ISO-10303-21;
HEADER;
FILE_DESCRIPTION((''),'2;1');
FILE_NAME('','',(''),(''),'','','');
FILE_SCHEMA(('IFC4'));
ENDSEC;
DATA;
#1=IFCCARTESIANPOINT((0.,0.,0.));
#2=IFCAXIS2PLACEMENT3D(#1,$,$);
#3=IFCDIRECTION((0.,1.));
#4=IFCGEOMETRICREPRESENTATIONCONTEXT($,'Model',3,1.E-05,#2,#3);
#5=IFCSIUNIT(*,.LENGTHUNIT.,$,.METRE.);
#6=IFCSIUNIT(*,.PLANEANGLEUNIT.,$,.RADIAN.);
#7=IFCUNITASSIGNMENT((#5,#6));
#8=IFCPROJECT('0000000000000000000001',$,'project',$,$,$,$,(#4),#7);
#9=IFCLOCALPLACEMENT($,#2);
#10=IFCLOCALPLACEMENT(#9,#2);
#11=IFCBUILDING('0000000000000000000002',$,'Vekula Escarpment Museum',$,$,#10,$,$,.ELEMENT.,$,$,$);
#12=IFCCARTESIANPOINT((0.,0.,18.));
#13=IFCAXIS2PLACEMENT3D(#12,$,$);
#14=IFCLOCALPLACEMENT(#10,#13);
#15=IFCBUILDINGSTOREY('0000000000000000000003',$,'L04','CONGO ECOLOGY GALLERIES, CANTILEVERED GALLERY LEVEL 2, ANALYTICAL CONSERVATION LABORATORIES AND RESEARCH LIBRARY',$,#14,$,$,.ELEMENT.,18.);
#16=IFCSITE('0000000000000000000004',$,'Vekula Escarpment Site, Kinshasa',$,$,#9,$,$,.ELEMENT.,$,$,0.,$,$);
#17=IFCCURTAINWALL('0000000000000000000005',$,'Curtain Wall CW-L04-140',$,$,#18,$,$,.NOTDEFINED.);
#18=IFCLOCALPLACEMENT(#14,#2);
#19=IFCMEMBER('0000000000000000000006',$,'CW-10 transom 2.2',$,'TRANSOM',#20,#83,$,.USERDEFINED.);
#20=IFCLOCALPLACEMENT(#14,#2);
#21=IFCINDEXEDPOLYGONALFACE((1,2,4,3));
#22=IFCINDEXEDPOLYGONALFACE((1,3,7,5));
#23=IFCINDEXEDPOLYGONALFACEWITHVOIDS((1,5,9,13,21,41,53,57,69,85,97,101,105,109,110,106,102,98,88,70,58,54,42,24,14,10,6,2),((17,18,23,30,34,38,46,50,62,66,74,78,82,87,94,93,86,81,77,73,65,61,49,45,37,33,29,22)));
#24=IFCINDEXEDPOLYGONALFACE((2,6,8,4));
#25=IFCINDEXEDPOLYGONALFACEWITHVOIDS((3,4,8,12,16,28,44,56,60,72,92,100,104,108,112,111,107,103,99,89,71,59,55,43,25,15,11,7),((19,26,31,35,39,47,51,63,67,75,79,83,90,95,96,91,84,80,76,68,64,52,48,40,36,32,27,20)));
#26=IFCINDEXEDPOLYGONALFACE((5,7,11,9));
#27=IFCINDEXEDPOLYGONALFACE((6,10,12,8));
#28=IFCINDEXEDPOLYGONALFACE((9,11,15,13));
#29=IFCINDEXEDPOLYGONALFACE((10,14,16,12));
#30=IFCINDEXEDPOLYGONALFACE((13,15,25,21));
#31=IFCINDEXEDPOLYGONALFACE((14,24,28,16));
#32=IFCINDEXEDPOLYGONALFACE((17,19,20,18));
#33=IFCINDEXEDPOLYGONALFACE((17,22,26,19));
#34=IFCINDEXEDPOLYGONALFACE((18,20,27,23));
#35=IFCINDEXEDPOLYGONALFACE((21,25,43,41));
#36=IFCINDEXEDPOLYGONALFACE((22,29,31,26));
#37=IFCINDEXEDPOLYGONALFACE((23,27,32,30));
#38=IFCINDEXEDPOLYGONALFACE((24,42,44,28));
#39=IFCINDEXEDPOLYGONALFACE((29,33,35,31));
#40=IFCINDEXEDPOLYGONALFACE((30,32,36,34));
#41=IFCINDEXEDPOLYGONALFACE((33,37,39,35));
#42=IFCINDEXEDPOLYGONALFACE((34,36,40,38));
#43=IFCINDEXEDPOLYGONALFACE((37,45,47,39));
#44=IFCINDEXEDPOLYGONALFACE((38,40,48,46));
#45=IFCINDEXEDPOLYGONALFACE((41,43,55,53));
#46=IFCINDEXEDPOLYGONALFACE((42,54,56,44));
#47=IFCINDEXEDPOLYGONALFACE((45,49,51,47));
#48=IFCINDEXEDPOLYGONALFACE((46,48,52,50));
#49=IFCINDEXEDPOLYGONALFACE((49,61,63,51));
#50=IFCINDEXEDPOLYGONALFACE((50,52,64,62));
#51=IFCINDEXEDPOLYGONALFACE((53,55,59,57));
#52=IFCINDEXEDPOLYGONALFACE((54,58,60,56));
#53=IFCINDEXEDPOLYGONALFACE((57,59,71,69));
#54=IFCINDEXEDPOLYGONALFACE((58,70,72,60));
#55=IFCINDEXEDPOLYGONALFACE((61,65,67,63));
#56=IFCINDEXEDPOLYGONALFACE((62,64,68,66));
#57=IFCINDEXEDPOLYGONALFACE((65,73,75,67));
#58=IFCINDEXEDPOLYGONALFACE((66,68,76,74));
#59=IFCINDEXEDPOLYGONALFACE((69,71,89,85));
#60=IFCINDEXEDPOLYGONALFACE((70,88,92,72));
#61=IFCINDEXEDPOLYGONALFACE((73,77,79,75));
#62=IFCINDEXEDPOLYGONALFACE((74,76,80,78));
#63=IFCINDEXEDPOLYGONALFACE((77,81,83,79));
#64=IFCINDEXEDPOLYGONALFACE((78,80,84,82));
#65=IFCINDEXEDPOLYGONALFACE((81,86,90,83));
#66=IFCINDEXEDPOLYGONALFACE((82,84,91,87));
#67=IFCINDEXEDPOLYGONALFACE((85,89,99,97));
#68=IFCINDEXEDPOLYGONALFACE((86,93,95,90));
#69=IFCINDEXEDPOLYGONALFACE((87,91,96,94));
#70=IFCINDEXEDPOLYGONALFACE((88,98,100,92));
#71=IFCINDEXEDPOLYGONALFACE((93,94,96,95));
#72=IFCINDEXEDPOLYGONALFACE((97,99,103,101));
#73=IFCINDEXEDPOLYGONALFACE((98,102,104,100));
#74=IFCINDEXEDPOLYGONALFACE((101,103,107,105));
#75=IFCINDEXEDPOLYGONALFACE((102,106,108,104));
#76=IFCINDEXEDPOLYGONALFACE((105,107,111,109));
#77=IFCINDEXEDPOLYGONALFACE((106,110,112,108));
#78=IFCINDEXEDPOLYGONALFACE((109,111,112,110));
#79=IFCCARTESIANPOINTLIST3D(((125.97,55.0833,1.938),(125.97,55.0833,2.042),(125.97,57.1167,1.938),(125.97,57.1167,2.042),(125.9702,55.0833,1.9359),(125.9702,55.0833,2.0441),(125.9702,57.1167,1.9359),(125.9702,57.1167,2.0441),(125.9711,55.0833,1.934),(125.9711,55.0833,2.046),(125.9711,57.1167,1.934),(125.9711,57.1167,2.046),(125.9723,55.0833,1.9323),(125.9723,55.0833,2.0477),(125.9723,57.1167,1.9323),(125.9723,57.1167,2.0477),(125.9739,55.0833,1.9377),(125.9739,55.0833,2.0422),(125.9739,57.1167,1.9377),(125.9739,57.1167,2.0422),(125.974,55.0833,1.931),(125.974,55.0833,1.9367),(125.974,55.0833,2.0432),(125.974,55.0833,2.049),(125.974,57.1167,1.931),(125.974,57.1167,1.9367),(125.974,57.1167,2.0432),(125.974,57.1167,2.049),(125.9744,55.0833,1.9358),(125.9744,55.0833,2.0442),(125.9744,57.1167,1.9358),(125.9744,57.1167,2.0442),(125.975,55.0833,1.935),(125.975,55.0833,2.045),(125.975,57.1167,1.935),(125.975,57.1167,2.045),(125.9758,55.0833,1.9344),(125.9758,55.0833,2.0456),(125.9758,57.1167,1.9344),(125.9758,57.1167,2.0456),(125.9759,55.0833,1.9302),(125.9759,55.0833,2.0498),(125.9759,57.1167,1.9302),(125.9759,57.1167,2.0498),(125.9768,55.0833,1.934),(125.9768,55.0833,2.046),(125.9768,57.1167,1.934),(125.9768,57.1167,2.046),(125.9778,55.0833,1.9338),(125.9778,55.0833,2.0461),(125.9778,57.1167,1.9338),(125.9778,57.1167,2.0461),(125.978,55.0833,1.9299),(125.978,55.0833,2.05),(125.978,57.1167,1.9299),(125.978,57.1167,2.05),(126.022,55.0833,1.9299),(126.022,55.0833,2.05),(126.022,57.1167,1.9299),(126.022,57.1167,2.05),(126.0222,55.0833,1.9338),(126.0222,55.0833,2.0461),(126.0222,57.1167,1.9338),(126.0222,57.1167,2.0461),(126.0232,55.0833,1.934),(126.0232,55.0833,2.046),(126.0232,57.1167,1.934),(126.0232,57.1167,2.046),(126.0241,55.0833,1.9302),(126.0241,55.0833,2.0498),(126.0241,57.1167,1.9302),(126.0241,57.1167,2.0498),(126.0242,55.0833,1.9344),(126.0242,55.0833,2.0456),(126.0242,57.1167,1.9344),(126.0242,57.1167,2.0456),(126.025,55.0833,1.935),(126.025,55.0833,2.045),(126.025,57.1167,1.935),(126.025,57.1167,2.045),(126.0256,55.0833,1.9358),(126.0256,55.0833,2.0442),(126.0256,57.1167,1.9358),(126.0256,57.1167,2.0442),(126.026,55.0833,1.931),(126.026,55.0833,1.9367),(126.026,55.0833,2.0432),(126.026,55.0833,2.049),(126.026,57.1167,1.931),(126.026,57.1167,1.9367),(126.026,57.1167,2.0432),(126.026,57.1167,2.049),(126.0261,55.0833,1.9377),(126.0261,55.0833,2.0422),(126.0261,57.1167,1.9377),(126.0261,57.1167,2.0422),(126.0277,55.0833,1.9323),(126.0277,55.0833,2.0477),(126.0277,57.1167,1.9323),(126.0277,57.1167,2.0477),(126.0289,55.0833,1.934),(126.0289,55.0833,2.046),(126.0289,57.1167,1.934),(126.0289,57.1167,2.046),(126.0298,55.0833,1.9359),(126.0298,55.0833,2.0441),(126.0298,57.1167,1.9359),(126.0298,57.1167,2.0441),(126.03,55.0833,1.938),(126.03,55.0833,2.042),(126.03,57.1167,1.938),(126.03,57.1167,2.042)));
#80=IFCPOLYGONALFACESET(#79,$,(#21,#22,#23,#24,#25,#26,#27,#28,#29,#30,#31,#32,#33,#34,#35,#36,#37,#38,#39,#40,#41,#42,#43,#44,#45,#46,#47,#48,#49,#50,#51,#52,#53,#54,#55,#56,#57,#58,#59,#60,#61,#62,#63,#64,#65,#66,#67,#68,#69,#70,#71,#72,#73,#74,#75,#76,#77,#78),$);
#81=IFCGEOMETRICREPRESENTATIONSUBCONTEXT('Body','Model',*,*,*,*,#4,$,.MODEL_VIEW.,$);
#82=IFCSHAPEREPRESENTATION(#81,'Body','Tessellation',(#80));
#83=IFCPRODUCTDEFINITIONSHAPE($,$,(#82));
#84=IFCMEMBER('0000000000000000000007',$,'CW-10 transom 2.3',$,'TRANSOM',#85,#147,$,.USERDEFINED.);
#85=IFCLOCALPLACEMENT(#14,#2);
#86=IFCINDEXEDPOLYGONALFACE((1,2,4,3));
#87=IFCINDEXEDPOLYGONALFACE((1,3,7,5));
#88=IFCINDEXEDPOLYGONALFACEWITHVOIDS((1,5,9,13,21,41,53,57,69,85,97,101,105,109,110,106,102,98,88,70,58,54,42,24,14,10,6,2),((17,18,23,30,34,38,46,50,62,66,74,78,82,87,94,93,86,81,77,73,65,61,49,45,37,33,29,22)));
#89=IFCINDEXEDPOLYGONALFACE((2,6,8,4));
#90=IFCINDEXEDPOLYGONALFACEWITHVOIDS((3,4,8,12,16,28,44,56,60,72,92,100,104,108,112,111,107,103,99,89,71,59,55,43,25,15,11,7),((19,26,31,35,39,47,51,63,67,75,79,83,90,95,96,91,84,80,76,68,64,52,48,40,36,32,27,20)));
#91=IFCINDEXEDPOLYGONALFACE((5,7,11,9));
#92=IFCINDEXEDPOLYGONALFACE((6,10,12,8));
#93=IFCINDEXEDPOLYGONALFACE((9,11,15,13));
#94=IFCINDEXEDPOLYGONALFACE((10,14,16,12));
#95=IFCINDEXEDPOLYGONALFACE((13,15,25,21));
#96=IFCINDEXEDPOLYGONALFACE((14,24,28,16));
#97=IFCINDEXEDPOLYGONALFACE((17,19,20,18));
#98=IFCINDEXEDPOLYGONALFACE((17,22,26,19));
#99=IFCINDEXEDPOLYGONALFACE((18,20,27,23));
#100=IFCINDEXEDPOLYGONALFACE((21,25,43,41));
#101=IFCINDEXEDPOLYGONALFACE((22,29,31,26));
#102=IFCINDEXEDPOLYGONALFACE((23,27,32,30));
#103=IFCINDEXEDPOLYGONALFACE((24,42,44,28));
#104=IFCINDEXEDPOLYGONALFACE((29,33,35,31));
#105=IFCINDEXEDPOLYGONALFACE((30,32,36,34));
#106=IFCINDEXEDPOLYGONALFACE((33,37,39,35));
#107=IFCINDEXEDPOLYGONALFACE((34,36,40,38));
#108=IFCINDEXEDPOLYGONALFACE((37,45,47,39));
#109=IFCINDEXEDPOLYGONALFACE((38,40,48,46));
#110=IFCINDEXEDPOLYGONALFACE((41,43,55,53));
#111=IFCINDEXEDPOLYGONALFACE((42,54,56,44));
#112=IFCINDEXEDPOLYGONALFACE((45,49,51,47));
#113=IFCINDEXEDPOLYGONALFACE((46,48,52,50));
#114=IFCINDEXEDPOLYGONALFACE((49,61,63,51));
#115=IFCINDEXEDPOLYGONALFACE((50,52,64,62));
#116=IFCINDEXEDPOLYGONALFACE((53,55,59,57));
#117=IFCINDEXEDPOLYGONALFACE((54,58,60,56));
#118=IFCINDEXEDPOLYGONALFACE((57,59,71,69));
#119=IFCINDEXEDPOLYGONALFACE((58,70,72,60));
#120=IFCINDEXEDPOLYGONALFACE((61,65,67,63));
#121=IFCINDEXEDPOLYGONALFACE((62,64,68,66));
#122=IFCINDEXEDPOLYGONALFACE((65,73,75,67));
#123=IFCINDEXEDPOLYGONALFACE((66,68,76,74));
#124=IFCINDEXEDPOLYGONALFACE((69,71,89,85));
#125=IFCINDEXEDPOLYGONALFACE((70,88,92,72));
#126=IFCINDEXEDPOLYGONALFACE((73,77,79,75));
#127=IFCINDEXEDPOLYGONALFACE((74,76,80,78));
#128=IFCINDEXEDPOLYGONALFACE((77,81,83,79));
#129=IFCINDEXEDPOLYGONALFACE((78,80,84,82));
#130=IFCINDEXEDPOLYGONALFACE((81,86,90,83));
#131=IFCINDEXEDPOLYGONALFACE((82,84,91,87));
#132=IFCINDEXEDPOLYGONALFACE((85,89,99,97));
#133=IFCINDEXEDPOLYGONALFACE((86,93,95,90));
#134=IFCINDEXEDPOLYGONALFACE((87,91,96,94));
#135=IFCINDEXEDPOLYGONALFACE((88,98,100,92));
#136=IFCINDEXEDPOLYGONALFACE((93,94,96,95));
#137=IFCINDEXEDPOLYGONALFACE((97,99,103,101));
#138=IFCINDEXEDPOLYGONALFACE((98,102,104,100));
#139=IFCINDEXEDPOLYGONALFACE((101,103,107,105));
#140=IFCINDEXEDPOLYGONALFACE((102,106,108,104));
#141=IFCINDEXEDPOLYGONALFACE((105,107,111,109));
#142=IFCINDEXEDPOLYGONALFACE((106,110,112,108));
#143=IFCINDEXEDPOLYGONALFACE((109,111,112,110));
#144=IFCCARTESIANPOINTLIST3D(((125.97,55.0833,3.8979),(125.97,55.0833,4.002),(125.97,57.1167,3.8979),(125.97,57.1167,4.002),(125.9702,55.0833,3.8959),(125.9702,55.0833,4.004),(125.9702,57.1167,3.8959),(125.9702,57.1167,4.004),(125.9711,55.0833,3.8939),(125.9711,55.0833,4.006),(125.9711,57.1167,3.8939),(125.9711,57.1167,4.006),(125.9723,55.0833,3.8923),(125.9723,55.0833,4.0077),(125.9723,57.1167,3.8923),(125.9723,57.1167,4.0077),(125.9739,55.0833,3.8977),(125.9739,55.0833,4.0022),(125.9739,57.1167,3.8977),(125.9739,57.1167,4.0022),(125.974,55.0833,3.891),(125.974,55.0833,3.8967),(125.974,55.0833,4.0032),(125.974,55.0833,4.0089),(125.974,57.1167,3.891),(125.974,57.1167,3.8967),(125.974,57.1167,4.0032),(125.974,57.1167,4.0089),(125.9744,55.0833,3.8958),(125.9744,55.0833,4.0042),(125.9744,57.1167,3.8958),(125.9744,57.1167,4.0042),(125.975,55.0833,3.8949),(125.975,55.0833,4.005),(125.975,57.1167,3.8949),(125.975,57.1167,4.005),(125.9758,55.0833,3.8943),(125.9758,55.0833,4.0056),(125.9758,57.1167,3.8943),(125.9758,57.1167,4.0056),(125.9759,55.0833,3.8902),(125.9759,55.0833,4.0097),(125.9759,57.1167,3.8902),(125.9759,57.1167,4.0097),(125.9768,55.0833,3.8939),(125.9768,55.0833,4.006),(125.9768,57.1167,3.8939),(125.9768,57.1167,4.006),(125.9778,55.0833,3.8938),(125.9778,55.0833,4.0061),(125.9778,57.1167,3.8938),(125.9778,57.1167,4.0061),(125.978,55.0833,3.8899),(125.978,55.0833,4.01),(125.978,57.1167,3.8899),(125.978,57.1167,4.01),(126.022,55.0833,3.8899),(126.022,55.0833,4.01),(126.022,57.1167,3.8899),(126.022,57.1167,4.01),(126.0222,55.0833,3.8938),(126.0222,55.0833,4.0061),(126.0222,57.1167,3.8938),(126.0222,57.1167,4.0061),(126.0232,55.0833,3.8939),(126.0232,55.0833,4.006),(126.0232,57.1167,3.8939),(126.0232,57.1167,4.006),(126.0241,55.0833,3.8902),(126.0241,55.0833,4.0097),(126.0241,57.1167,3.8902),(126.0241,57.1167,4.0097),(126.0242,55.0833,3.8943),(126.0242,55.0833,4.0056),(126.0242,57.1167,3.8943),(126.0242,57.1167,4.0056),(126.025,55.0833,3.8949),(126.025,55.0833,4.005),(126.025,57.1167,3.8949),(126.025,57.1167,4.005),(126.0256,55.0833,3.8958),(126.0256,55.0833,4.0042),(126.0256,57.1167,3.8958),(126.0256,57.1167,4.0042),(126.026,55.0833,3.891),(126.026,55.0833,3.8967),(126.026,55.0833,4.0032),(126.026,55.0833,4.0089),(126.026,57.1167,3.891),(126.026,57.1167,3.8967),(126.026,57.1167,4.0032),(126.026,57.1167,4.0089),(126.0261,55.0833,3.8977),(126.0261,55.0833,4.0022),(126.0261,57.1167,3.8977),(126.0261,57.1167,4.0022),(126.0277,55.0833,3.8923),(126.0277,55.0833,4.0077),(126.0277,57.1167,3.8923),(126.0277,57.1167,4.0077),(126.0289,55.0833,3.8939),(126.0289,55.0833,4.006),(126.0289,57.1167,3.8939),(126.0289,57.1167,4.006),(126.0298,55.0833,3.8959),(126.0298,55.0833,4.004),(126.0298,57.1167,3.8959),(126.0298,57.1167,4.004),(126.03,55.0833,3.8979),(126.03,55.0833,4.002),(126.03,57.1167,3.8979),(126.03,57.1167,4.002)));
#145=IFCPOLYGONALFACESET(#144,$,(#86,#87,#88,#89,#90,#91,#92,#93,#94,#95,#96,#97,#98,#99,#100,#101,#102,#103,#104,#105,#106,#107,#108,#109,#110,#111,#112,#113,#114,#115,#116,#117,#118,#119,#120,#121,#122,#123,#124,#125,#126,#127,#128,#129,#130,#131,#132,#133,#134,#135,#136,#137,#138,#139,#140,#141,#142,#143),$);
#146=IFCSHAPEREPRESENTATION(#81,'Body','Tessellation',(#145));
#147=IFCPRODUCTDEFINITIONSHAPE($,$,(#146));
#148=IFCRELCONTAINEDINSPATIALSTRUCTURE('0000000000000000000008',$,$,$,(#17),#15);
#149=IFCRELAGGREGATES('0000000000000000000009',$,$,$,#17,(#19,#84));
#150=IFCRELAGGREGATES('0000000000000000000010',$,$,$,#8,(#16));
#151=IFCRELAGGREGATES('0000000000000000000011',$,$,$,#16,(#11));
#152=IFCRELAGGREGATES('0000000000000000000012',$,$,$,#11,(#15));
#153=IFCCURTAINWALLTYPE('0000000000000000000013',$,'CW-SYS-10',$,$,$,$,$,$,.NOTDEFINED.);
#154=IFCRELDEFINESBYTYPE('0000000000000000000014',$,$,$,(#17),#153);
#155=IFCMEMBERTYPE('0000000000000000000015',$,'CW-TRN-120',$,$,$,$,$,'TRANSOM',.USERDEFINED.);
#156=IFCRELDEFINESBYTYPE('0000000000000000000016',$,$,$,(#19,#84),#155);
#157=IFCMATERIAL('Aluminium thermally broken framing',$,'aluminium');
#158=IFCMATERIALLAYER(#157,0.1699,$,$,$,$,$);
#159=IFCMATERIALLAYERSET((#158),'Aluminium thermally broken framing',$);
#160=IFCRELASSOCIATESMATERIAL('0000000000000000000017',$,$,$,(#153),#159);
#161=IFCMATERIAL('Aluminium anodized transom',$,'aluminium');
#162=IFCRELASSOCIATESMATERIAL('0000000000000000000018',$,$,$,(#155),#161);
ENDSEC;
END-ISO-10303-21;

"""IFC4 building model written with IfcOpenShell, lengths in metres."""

from ifc_helpers import new_model, si_unit, direction, frame, origin, origin_2d, place, context, subcontext, project, spatial, hollow_rectangle, extrude, material, layer, layer_set, material_profile, profile_set, type_object, element, aggregate, save


model = new_model("IFC4")

# Units and contexts
model_context = context("Model", 3, precision=1e-05, world=origin(), true_north=direction((0.0, 1.0)))
body_context = subcontext(model_context, "Body", "Model", "MODEL_VIEW")
ifc_project = project(units=[si_unit("LENGTHUNIT", "METRE"), si_unit("PLANEANGLEUNIT", "RADIAN")], contexts=[model_context])

# Site, building, storey
site_placement = place(None, origin())
site = spatial("IfcSite", under=ifc_project, at=site_placement, Name="Vekula Escarpment Site, Kinshasa", CompositionType="ELEMENT", RefElevation=0.0)
building_placement = place(site_placement, origin())
building = spatial("IfcBuilding", under=site, at=building_placement, Name="Vekula Escarpment Museum", CompositionType="ELEMENT")
storey_placement = place(building_placement, frame((0.0, 0.0, 18.0)))
storey = spatial("IfcBuildingStorey", under=building, at=storey_placement, Name="L04", Description="CONGO ECOLOGY GALLERIES, CANTILEVERED GALLERY LEVEL 2, ANALYTICAL CONSERVATION LABORATORIES AND RESEARCH LIBRARY", CompositionType="ELEMENT", Elevation=18.0)

# Curtain wall, members
ifc_material_1 = material(Name="Aluminium thermally broken framing", Category="aluminium")
ifc_layer_1 = layer(ifc_material_1, 0.1699)
ifc_layer_set_1 = layer_set([ifc_layer_1], Name="Aluminium thermally broken framing")
curtain_wall_type_1 = type_object("IfcCurtainWallType", Name="CW-SYS-10", PredefinedType="NOTDEFINED", material=ifc_layer_set_1)
curtain_wall_1_placement = place(storey_placement, origin())
curtain_wall_1 = element("IfcCurtainWall", 1, at=curtain_wall_1_placement, inside=storey, type_object=curtain_wall_type_1, Name="Curtain Wall CW-L04-140", PredefinedType="NOTDEFINED")
ifc_material_2 = material(Name="Aluminium anodized transom", Category="aluminium")
ifc_material_profile_1 = material_profile(ifc_material_2, hollow_rectangle(XDim=0.0601, YDim=0.1201, WallThickness=0.0039, InnerFilletRadius=0.0039, OuterFilletRadius=0.0081, at=origin_2d()), Name="ALU 120x60x4")
ifc_profile_set_1 = profile_set([ifc_material_profile_1], Name="Aluminium anodized transom")
member_type_1 = type_object("IfcMemberType", Name="CW-TRN-120", ElementType="TRANSOM", PredefinedType="USERDEFINED", material=ifc_profile_set_1)
member_1_placement = place(storey_placement, frame((126.0, 55.0833, 1.99), z_axis=(0.0, 1.0, 0.0), x_axis=(-1.0, 0.0, 0.0)))
member_1 = element("IfcMember", 2, at=member_1_placement, type_object=member_type_1, Name="CW-10 transom 2.2", ObjectType="TRANSOM", PredefinedType="USERDEFINED", context=body_context, shape_type="SweptSolid", body=[
    extrude(hollow_rectangle(XDim=0.0601, YDim=0.1201, WallThickness=0.0039, InnerFilletRadius=0.0039, OuterFilletRadius=0.0081, at=origin_2d()), origin(), (0.0, 0.0, 1.0), 2.0334),
])
member_2_placement = place(storey_placement, frame((126.0, 55.0833, 3.95), z_axis=(0.0, 1.0, 0.0), x_axis=(-1.0, 0.0, 0.0)))
member_2 = element("IfcMember", 3, at=member_2_placement, type_object=member_type_1, Name="CW-10 transom 2.3", ObjectType="TRANSOM", PredefinedType="USERDEFINED", context=body_context, shape_type="SweptSolid", body=[
    extrude(hollow_rectangle(XDim=0.0601, YDim=0.1201, WallThickness=0.0039, InnerFilletRadius=0.0039, OuterFilletRadius=0.0081, at=origin_2d()), origin(), (0.0, 0.0, 1.0), 2.0334),
])
aggregate(curtain_wall_1, [member_1, member_2])

save(model, "model.ifc")
